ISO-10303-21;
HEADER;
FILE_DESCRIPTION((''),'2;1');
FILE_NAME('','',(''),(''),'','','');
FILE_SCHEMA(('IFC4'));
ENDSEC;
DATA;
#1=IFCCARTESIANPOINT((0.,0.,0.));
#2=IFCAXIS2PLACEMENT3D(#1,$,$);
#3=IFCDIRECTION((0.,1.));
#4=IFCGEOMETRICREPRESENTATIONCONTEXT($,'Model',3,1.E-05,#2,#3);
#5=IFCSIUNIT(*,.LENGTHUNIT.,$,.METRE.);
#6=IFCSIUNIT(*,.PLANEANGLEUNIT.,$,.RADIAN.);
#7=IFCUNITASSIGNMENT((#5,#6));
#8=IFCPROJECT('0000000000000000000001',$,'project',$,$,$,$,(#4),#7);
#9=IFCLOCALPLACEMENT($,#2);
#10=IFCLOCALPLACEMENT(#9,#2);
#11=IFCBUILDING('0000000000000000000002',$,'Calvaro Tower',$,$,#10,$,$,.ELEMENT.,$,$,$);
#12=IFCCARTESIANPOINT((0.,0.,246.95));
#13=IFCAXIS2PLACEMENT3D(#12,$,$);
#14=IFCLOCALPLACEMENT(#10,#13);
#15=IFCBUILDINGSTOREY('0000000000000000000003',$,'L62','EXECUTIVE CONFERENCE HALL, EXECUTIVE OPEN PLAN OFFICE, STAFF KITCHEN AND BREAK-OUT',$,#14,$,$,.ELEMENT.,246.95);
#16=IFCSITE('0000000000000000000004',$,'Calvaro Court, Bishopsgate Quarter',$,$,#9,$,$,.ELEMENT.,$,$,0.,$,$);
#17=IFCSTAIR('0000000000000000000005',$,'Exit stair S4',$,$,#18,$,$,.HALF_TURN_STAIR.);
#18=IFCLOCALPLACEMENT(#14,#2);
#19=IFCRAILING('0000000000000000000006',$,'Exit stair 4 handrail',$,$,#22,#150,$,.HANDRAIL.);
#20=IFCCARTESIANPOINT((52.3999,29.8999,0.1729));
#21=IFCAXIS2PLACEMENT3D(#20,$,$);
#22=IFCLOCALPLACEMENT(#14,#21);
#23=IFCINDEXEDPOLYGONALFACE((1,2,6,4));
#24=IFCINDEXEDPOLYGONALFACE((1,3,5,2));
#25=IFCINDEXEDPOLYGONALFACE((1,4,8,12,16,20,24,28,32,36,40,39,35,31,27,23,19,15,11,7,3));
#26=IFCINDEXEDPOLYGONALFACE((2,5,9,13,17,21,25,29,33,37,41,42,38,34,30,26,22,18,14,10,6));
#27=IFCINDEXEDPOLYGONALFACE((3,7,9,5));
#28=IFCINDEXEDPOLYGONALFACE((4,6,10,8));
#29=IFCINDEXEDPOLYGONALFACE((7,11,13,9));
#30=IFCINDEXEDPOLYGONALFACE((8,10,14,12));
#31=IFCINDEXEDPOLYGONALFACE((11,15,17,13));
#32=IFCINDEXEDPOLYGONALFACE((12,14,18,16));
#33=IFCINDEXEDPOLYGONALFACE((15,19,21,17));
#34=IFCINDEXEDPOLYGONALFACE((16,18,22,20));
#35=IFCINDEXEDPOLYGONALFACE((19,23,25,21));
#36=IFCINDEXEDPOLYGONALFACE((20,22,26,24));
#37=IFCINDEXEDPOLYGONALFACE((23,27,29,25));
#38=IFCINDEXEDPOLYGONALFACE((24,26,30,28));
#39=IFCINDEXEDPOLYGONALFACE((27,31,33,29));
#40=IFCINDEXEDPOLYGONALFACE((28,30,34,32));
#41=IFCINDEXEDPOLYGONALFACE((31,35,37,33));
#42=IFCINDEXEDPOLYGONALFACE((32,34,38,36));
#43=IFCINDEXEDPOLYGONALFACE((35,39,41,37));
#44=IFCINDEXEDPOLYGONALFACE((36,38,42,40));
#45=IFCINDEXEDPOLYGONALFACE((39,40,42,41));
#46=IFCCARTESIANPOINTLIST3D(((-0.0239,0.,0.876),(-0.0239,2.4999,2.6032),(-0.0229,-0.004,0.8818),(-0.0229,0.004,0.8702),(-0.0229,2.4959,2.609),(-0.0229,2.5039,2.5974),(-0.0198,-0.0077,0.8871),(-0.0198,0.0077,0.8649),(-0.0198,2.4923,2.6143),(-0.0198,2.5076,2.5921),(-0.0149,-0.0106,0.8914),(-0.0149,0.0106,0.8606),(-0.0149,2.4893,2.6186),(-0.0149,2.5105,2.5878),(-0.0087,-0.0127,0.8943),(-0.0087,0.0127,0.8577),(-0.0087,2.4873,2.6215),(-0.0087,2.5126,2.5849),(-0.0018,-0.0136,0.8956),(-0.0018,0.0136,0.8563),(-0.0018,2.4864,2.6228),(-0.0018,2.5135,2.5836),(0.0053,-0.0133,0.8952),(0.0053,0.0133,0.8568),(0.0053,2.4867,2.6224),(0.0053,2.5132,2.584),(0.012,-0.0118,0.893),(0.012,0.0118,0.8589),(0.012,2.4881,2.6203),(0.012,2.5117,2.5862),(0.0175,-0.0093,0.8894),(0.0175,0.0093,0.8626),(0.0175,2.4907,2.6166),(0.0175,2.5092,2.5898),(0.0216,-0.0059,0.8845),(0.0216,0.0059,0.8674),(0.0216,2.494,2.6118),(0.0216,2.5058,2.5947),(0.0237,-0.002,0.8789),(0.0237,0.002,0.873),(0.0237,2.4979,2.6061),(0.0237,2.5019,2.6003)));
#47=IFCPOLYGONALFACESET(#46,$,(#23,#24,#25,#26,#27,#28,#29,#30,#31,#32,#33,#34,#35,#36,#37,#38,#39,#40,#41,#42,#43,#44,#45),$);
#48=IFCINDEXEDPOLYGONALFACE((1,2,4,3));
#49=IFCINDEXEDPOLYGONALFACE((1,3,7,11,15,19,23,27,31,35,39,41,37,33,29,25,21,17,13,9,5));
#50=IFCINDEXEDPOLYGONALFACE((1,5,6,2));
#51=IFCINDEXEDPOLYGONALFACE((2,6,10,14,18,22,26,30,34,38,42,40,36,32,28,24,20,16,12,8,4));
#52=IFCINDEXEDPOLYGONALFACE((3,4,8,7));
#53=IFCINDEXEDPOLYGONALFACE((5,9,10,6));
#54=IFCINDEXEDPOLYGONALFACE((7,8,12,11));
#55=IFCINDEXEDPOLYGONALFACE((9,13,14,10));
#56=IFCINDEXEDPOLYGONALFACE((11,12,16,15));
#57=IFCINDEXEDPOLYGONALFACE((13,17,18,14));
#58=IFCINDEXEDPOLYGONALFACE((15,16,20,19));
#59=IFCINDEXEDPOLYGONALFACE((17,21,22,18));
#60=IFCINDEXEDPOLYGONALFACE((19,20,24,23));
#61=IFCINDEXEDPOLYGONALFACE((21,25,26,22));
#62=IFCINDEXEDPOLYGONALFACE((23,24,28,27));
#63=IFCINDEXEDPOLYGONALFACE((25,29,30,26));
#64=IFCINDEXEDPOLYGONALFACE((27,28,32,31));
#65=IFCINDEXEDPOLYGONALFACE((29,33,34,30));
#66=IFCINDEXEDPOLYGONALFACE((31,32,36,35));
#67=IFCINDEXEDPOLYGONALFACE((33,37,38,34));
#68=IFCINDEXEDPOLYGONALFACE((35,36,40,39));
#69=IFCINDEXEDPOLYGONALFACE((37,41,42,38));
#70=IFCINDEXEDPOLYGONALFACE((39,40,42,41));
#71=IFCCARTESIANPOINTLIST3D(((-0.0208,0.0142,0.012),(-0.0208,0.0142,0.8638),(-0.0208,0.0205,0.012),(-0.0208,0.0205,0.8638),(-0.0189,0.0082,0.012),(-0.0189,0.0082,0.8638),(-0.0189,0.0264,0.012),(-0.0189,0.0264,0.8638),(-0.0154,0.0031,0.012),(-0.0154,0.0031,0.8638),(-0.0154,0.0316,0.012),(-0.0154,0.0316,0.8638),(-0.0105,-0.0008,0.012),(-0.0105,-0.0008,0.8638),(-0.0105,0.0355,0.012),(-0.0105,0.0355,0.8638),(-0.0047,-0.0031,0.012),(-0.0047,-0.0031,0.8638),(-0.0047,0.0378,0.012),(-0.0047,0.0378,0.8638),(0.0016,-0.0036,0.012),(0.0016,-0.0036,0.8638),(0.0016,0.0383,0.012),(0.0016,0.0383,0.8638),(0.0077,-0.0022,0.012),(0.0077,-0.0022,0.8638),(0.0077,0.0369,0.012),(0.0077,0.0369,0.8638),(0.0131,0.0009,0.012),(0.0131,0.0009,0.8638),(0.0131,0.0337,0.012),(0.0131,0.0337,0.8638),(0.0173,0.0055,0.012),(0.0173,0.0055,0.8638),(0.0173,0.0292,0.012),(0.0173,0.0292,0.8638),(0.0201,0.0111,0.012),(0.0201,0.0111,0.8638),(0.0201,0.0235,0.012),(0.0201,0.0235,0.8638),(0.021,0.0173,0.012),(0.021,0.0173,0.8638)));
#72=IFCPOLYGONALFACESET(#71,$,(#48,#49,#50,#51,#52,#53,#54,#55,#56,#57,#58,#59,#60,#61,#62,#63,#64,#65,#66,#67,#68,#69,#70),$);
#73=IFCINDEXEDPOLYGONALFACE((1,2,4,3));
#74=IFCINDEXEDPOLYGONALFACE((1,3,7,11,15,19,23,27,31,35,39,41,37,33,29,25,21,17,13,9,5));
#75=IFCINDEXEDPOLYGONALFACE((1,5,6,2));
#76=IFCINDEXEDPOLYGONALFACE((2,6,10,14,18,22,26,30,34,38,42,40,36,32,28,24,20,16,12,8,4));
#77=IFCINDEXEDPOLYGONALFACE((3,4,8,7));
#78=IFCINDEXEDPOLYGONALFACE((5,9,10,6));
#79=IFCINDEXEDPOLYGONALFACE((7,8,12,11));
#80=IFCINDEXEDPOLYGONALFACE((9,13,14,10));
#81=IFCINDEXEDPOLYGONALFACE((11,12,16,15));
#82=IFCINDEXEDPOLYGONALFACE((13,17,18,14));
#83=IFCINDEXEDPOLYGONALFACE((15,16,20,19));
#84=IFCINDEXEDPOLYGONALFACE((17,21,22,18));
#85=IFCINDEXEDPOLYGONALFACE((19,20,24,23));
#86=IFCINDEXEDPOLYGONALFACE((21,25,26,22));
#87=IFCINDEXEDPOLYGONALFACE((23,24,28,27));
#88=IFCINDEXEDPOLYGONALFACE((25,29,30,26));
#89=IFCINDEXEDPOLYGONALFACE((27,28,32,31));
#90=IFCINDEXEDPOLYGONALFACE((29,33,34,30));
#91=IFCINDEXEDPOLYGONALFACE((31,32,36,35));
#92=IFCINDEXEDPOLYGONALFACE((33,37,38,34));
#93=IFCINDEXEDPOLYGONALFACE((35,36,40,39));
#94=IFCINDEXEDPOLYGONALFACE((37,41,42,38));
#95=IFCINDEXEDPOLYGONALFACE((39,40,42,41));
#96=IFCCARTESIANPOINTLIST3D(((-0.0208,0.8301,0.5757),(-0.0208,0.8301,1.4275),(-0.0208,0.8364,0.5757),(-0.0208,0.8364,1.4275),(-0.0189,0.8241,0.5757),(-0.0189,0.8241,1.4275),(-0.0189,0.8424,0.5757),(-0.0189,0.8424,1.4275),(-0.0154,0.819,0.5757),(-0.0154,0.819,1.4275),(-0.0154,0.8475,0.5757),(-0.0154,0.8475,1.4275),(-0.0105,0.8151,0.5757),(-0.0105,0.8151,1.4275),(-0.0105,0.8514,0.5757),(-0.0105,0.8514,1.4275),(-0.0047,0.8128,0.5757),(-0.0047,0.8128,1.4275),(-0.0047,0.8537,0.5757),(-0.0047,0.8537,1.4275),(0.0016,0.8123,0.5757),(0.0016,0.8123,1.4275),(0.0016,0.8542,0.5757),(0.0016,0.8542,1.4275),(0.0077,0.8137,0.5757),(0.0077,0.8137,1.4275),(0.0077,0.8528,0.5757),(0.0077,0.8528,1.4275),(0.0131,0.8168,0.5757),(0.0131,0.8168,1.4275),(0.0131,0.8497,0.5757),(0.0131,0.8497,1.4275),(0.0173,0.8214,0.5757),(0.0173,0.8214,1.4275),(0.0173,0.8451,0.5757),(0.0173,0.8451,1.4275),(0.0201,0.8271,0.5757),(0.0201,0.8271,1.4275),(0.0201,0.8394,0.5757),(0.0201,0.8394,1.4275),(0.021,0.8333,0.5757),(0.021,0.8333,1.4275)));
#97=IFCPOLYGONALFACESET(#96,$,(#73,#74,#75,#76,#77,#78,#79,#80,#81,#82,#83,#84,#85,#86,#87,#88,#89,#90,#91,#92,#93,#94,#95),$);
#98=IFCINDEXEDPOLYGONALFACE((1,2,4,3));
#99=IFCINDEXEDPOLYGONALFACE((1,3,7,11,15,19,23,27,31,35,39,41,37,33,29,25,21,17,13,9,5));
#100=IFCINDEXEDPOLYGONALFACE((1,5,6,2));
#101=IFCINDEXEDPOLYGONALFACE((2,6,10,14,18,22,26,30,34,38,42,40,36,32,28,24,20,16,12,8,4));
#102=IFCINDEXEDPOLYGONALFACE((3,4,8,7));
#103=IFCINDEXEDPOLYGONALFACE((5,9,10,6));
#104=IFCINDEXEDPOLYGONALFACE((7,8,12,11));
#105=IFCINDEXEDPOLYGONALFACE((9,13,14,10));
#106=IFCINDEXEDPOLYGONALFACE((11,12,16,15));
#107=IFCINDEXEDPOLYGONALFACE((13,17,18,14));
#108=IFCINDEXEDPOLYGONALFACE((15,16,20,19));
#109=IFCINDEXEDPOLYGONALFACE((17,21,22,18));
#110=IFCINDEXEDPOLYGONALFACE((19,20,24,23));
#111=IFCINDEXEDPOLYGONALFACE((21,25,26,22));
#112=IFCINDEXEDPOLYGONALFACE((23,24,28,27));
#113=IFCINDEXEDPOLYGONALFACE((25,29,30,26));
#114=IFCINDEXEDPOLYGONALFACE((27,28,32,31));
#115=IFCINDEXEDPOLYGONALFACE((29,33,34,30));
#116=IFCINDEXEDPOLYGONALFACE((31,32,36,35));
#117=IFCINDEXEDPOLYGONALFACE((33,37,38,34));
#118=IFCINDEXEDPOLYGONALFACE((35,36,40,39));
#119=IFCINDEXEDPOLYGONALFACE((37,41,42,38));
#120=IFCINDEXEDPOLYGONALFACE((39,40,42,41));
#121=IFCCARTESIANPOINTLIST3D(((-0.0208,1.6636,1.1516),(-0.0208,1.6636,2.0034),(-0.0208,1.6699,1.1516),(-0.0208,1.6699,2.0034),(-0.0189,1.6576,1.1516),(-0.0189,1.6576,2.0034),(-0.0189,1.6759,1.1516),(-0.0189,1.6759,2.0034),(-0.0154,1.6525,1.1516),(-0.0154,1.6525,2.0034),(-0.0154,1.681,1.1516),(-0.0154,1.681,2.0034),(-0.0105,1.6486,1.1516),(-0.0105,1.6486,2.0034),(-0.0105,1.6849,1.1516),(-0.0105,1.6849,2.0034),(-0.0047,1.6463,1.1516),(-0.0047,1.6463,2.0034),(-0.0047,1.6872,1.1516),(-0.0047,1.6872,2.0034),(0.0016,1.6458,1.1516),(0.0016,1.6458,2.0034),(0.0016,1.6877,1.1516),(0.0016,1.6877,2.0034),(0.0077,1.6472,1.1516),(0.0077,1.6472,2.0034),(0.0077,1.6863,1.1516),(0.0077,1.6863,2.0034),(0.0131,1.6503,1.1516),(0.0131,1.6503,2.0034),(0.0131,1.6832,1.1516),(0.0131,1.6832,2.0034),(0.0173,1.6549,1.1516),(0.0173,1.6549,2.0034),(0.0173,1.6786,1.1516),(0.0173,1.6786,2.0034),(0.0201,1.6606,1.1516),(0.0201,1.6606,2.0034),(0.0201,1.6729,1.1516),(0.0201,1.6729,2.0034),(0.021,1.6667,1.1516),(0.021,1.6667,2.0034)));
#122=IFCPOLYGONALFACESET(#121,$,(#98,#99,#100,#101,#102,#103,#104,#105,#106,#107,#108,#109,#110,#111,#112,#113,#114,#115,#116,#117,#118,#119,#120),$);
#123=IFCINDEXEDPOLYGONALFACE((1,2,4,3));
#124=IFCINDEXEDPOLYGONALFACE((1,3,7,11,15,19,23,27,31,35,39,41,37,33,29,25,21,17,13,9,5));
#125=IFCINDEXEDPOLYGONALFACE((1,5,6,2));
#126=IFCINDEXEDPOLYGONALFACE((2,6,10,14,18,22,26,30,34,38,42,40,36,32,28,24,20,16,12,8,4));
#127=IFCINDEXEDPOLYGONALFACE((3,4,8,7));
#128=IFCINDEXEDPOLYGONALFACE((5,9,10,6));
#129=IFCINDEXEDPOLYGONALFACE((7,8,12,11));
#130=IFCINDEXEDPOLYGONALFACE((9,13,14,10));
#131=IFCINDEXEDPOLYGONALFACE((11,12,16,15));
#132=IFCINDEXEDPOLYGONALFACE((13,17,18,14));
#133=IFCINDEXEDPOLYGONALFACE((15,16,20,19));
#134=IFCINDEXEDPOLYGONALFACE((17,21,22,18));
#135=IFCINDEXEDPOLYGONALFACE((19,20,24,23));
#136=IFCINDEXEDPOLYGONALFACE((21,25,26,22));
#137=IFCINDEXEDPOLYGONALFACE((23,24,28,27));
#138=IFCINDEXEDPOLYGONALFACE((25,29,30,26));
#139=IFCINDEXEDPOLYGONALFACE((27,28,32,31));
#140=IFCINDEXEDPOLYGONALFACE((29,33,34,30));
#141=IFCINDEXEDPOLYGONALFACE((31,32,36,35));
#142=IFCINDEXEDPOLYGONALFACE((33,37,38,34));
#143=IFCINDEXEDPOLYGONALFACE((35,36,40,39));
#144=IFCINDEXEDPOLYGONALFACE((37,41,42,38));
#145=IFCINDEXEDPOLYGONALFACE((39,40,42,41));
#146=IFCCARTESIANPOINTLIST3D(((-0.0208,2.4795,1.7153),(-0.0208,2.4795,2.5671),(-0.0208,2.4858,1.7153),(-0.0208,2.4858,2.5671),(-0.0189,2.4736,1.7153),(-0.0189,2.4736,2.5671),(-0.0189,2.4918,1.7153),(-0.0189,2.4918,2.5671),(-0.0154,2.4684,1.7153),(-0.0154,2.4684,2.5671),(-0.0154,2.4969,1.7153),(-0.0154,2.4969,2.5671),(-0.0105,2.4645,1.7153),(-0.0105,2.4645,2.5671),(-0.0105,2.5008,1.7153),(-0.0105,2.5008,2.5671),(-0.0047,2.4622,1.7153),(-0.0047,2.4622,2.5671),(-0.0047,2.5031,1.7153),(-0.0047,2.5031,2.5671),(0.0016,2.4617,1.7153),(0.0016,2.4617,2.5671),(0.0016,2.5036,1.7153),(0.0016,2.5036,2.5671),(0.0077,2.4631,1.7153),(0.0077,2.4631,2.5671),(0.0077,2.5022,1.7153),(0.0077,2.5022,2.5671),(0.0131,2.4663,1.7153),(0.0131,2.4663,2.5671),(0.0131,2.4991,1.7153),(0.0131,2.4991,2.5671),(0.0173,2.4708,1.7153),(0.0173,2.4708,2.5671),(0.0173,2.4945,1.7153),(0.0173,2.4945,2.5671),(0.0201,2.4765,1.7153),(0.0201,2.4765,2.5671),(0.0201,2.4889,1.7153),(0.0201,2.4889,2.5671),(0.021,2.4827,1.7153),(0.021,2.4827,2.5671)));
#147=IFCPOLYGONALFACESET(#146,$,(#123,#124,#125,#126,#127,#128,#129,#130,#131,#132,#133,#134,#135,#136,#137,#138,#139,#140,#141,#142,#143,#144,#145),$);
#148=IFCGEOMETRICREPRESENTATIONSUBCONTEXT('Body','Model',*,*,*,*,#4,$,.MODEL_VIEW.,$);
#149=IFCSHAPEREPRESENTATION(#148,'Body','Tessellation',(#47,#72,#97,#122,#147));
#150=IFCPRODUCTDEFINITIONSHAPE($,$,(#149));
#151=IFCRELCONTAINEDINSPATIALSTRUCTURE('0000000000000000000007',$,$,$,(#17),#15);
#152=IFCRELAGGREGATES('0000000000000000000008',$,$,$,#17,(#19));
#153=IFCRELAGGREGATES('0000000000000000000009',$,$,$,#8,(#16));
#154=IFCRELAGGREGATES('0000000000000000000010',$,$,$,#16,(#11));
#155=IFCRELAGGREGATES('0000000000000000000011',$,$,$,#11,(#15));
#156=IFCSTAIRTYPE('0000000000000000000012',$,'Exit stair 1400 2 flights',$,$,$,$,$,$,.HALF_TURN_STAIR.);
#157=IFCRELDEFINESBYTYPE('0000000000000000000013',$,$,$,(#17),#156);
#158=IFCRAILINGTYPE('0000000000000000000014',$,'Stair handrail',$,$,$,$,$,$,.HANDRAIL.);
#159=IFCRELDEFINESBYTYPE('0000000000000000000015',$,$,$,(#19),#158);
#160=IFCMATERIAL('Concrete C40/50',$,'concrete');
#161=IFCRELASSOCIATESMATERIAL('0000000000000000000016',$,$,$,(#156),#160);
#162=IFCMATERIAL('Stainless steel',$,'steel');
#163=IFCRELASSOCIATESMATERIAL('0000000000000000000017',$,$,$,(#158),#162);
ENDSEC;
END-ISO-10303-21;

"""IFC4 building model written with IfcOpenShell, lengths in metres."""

from ifc_helpers import new_model, si_unit, direction, frame, origin, origin_2d, place, context, subcontext, project, spatial, circle, extrude, material, type_object, element, aggregate, save


model = new_model("IFC4")

# Units and contexts
model_context = context("Model", 3, precision=1e-05, world=origin(), true_north=direction((0.0, 1.0)))
body_context = subcontext(model_context, "Body", "Model", "MODEL_VIEW")
ifc_project = project(units=[si_unit("LENGTHUNIT", "METRE"), si_unit("PLANEANGLEUNIT", "RADIAN")], contexts=[model_context])

# Site, building, storey
site_placement = place(None, origin())
site = spatial("IfcSite", under=ifc_project, at=site_placement, Name="Calvaro Court, Bishopsgate Quarter", CompositionType="ELEMENT", RefElevation=0.0)
building_placement = place(site_placement, origin())
building = spatial("IfcBuilding", under=site, at=building_placement, Name="Calvaro Tower", CompositionType="ELEMENT")
storey_placement = place(building_placement, frame((0.0, 0.0, 246.95)))
storey = spatial("IfcBuildingStorey", under=building, at=storey_placement, Name="L62", Description="EXECUTIVE CONFERENCE HALL, EXECUTIVE OPEN PLAN OFFICE, STAFF KITCHEN AND BREAK-OUT", CompositionType="ELEMENT", Elevation=246.95)

# Stair
ifc_material_1 = material(Name="Concrete C40/50", Category="concrete")
stair_type = type_object("IfcStairType", Name="Exit stair 1400 2 flights", PredefinedType="HALF_TURN_STAIR", material=ifc_material_1)
stair_1_placement = place(storey_placement, origin())
stair_1 = element("IfcStair", 1, at=stair_1_placement, inside=storey, type_object=stair_type, Name="Exit stair S4", PredefinedType="HALF_TURN_STAIR")

# Railing
ifc_material_2 = material(Name="Stainless steel", Category="steel")
railing_type = type_object("IfcRailingType", Name="Stair handrail", PredefinedType="HANDRAIL", material=ifc_material_2)
railing_1_placement = place(storey_placement, frame((52.3999, 29.8999, 0.1729)))
railing_1 = element("IfcRailing", 2, at=railing_1_placement, type_object=railing_type, Name="Exit stair 4 handrail", PredefinedType="HANDRAIL", context=body_context, shape_type="SweptSolid", body=[
    extrude(circle(Radius=0.0239, at=origin_2d()), frame((0.0, 0.0, 0.876), z_axis=(0.0, 0.822727, 0.568437), x_axis=(-1.0, 0.0, 0.0)), (0.0, 0.0, 1.0), 3.0386),
    extrude(circle(Radius=0.021, at=origin_2d()), frame((0.0, 0.0173, 0.012)), (0.0, 0.0, 1.0), 0.8518),
    extrude(circle(Radius=0.021, at=origin_2d()), frame((0.0, 0.8333, 0.5757)), (0.0, 0.0, 1.0), 0.8518),
    extrude(circle(Radius=0.021, at=origin_2d()), frame((0.0, 1.6667, 1.1516)), (0.0, 0.0, 1.0), 0.8518),
    extrude(circle(Radius=0.021, at=origin_2d()), frame((0.0, 2.4827, 1.7153)), (0.0, 0.0, 1.0), 0.8518),
])
aggregate(stair_1, [railing_1])

save(model, "model.ifc")
